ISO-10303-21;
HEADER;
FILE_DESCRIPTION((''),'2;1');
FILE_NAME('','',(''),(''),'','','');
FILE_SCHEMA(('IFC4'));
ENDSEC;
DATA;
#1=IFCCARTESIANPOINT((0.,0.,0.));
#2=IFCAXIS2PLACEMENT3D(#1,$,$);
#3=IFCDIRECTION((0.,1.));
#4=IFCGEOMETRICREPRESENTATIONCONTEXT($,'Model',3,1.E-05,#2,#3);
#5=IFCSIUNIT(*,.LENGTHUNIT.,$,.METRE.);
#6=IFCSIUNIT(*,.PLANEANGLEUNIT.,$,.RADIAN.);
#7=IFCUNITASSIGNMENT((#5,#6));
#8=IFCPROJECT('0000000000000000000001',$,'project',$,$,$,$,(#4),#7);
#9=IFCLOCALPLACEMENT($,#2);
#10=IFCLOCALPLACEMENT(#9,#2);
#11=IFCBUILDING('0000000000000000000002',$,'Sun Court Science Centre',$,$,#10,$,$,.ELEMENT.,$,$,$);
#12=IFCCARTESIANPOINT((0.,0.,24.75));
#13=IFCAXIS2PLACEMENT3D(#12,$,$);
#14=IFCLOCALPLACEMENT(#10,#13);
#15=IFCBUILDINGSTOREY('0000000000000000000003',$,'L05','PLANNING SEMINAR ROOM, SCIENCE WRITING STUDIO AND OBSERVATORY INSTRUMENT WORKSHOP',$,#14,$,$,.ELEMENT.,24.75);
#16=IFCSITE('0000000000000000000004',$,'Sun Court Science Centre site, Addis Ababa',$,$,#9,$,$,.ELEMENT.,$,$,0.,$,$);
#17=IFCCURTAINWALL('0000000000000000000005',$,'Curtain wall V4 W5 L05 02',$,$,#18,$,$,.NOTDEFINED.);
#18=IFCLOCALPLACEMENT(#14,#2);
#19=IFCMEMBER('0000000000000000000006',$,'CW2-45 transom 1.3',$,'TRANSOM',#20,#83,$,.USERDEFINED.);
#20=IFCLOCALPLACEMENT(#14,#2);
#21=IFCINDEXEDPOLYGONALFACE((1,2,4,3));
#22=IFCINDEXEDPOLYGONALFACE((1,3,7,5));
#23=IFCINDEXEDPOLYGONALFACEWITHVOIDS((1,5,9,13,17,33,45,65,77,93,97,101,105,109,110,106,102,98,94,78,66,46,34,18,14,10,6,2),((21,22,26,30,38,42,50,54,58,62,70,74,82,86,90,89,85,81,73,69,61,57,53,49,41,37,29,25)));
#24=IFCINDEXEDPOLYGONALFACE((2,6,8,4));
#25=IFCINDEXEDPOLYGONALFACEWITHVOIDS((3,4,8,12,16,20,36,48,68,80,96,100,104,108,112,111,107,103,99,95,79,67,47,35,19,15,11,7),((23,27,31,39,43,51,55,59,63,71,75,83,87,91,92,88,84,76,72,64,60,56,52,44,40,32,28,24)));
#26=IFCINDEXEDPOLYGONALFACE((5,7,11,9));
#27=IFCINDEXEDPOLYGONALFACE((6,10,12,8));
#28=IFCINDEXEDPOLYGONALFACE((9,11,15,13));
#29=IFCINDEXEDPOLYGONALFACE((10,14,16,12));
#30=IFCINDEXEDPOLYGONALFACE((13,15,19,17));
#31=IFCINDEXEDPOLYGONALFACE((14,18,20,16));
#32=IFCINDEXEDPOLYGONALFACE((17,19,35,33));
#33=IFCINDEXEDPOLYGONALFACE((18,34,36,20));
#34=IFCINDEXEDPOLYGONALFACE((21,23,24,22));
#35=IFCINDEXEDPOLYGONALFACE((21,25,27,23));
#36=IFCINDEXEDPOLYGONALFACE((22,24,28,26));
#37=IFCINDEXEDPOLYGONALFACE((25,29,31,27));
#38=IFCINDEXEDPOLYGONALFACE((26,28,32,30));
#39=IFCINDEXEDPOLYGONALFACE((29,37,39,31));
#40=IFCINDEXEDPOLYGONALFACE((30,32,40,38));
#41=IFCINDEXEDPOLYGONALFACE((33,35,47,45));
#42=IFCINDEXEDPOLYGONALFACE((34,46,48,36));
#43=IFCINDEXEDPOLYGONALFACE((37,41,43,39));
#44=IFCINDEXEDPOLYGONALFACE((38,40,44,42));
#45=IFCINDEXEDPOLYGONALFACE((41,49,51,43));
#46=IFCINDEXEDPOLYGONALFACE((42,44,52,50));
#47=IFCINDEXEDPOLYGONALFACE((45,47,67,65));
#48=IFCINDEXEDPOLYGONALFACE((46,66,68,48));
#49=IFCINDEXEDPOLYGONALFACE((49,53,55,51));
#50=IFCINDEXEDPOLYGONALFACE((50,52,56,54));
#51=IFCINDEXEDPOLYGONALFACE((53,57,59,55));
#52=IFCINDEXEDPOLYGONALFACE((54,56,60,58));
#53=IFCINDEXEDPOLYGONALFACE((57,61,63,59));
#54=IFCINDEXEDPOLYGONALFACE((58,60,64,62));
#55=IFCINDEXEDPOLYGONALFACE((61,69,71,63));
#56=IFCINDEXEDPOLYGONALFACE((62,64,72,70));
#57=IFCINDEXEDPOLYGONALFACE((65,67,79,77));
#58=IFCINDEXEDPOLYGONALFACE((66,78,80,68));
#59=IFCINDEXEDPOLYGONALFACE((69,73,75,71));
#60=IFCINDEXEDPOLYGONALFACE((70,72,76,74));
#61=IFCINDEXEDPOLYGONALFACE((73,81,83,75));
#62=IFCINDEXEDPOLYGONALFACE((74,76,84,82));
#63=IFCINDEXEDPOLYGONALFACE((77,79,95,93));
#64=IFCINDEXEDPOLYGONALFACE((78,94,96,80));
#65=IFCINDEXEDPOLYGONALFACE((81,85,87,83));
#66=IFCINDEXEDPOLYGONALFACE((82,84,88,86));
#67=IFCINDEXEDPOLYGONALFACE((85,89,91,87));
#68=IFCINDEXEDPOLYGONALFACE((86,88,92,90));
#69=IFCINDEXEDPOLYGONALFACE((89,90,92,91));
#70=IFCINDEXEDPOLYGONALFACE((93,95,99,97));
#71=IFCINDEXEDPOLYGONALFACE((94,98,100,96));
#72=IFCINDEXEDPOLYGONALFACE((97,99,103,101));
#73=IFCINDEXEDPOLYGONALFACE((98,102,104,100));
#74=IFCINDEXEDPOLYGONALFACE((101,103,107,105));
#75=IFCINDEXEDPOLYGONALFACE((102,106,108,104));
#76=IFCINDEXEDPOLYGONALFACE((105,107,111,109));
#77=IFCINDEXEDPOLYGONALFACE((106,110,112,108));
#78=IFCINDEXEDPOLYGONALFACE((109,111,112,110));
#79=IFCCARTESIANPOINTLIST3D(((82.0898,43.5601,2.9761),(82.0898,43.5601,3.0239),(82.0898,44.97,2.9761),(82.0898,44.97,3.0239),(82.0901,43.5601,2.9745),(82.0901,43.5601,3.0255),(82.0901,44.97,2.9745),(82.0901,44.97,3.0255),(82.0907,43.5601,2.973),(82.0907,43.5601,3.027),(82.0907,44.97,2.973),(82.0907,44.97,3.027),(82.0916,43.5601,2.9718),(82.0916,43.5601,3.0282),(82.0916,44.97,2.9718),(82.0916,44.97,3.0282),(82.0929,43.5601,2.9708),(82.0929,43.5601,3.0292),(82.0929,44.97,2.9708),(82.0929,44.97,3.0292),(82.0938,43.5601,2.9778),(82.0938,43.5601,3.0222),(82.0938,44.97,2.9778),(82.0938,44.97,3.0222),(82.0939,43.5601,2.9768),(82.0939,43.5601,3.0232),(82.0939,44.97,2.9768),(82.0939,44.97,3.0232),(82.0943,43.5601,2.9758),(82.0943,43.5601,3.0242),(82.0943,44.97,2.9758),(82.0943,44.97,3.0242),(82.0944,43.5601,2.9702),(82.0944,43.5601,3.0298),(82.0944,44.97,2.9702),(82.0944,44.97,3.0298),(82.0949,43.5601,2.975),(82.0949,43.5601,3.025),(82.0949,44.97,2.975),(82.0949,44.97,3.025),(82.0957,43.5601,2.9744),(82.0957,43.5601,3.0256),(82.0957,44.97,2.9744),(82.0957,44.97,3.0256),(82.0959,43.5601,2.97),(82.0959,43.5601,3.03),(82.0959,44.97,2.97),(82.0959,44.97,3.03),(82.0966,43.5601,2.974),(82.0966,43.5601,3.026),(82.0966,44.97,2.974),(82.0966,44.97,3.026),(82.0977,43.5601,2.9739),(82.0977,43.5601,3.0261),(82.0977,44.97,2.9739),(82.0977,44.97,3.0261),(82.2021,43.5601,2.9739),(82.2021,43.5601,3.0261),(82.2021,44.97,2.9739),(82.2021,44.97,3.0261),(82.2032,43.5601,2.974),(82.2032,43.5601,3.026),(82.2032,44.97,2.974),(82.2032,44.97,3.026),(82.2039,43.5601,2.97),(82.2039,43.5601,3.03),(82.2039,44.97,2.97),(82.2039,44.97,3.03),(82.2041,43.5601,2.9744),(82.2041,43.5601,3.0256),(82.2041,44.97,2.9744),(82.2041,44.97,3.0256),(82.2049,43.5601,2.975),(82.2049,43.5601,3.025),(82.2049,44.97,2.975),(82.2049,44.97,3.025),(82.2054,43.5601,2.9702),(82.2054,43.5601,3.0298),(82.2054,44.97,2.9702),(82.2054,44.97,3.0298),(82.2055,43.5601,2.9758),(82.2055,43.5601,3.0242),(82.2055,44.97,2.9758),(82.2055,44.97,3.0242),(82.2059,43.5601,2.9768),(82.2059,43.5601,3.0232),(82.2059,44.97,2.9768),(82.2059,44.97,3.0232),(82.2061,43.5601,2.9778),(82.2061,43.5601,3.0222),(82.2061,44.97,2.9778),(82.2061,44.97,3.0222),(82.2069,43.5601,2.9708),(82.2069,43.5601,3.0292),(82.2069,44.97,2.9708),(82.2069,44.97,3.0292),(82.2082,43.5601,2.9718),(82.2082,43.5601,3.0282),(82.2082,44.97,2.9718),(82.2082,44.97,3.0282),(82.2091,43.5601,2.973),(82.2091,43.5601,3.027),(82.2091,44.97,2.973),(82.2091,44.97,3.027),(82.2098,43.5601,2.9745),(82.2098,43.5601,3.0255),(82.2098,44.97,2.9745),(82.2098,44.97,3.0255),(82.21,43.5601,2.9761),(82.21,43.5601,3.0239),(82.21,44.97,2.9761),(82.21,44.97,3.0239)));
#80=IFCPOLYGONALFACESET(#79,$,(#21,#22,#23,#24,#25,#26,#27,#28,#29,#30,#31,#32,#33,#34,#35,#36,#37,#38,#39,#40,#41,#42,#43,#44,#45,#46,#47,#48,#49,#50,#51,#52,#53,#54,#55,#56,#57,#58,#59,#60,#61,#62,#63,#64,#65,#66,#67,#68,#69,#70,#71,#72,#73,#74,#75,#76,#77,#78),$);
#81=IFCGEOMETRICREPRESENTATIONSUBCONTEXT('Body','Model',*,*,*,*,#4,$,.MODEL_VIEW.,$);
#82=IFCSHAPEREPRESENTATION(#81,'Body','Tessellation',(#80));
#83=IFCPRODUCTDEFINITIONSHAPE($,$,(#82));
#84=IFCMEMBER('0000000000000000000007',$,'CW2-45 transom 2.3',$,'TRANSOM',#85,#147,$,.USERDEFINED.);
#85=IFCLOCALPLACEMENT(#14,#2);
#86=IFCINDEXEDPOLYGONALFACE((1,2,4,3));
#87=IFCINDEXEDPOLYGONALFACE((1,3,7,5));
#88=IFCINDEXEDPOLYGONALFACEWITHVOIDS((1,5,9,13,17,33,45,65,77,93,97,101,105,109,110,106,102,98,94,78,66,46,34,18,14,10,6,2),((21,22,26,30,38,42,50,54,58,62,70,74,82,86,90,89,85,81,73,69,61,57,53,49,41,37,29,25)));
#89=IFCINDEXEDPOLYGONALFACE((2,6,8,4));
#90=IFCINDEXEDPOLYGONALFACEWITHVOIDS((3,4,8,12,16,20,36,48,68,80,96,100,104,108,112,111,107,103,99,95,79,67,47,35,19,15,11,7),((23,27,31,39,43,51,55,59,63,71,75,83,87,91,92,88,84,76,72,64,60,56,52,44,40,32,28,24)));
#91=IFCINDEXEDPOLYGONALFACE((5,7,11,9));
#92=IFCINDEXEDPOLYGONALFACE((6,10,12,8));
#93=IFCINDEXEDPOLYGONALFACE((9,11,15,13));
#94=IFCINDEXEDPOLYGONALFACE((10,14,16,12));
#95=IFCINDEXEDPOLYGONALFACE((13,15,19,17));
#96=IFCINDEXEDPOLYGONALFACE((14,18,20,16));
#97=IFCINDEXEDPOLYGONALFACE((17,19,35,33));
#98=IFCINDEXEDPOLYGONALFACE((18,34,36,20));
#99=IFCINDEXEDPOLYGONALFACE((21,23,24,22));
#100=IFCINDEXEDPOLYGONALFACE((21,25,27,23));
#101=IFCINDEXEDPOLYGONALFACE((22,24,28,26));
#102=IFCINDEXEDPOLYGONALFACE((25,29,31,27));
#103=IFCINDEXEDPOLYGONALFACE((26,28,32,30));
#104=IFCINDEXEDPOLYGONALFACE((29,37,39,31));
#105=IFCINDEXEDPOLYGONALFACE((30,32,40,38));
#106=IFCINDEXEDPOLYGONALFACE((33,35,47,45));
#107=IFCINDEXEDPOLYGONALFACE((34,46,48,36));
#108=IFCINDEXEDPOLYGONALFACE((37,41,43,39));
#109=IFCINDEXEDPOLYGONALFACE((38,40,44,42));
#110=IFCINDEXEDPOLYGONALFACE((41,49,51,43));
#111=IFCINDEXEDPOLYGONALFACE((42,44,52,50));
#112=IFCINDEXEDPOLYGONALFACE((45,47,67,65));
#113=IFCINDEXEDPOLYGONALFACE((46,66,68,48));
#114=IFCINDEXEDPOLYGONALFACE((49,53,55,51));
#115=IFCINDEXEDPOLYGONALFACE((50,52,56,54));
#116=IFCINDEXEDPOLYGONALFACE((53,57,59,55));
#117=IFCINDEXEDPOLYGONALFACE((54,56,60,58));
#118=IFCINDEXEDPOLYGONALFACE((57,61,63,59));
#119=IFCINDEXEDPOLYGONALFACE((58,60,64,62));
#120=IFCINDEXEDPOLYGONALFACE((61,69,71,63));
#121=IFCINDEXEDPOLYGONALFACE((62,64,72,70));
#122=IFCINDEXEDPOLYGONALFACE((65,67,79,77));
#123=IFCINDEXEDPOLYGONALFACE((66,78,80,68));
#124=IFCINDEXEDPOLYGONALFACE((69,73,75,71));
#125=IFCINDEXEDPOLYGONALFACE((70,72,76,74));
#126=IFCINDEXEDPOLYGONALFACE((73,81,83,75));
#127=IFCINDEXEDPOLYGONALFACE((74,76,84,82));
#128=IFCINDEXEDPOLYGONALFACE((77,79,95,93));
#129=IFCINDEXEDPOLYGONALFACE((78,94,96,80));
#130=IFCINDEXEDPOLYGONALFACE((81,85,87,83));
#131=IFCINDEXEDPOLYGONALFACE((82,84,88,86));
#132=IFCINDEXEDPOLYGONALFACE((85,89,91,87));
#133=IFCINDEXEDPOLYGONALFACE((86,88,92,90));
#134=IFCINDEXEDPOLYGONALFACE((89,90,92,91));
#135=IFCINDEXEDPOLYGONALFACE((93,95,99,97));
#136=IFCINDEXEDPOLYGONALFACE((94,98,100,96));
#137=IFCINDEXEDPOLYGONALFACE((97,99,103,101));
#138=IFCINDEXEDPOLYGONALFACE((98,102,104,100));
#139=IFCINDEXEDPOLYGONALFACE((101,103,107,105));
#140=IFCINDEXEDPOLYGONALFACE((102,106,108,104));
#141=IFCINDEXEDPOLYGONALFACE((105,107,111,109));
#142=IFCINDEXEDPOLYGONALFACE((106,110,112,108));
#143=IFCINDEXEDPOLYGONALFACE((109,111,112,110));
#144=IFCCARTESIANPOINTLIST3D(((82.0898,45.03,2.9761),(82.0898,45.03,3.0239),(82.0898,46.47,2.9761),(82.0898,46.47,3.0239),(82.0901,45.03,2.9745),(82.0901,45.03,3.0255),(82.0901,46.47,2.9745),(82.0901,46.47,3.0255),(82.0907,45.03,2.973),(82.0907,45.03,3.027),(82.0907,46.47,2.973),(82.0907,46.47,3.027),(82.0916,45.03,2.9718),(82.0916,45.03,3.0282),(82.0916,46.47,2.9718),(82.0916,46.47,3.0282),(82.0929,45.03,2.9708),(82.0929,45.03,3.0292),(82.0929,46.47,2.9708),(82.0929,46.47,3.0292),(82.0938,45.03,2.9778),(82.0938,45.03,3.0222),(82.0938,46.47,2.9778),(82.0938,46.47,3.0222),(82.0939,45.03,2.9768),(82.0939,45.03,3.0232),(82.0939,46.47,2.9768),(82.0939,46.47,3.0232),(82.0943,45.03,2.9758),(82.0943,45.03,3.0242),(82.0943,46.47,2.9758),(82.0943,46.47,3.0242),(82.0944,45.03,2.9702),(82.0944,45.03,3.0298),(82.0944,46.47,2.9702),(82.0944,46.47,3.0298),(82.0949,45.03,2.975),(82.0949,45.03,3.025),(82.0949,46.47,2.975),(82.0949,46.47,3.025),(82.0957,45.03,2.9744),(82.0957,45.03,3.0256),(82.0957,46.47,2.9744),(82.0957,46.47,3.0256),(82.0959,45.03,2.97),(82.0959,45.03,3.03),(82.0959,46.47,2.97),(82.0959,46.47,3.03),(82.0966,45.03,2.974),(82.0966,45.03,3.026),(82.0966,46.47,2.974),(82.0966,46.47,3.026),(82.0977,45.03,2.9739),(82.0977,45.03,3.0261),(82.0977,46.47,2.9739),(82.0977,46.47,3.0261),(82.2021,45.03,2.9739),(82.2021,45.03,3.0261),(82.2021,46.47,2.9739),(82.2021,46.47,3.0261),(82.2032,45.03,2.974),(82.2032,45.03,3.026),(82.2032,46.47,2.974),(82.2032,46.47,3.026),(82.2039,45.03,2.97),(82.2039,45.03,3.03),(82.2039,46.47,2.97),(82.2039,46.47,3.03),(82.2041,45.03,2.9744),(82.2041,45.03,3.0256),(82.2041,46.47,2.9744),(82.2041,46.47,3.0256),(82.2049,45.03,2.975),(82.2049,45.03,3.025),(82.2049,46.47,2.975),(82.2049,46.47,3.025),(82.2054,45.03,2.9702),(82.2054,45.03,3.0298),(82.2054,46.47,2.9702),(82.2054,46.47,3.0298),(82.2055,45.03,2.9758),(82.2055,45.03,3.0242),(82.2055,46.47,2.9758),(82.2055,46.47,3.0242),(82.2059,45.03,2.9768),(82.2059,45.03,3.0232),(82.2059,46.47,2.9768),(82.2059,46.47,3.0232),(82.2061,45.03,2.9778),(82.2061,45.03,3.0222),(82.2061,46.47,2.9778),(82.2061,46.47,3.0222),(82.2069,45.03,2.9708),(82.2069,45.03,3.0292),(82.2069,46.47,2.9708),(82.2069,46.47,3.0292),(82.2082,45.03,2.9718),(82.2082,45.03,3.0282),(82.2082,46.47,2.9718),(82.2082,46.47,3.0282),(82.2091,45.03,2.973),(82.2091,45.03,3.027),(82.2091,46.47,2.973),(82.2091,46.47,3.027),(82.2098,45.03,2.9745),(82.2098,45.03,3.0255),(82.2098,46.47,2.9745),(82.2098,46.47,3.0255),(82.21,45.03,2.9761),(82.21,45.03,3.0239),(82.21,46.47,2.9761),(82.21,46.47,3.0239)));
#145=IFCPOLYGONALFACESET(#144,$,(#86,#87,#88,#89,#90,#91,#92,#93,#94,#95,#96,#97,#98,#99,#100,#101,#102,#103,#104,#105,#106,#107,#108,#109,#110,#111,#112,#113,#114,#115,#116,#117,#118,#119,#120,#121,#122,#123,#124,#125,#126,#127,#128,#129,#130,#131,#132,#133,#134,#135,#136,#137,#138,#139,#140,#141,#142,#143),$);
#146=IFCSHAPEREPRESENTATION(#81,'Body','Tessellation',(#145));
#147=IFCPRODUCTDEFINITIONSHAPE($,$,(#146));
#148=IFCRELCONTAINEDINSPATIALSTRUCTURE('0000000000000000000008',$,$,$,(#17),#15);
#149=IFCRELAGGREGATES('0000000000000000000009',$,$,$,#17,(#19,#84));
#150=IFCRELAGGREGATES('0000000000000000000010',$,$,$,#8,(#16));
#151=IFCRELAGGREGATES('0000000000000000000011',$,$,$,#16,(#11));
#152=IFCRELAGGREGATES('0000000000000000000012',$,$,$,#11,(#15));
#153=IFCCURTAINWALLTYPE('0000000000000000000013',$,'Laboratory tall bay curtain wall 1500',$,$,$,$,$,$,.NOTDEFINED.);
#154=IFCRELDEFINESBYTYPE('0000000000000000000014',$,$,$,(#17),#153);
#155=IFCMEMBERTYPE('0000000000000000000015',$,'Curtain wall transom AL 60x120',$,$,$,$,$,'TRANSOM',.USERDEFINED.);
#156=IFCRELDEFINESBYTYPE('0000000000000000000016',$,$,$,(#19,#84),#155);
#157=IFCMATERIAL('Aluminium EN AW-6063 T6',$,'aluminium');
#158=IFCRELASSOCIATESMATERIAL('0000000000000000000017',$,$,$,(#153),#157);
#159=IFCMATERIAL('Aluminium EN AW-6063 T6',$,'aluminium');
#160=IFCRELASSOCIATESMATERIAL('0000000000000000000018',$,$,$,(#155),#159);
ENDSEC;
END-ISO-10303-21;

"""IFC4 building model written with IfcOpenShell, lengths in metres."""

from ifc_helpers import new_model, si_unit, direction, frame, origin, origin_2d, place, context, subcontext, project, spatial, hollow_rectangle, extrude, material, material_profile, profile_set, type_object, element, aggregate, save


model = new_model("IFC4")

# Units and contexts
model_context = context("Model", 3, precision=1e-05, world=origin(), true_north=direction((0.0, 1.0)))
body_context = subcontext(model_context, "Body", "Model", "MODEL_VIEW")
ifc_project = project(units=[si_unit("LENGTHUNIT", "METRE"), si_unit("PLANEANGLEUNIT", "RADIAN")], contexts=[model_context])

# Site, building, storey
site_placement = place(None, origin())
site = spatial("IfcSite", under=ifc_project, at=site_placement, Name="Sun Court Science Centre site, Addis Ababa", CompositionType="ELEMENT", RefElevation=0.0)
building_placement = place(site_placement, origin())
building = spatial("IfcBuilding", under=site, at=building_placement, Name="Sun Court Science Centre", CompositionType="ELEMENT")
storey_placement = place(building_placement, frame((0.0, 0.0, 24.75)))
storey = spatial("IfcBuildingStorey", under=building, at=storey_placement, Name="L05", Description="PLANNING SEMINAR ROOM, SCIENCE WRITING STUDIO AND OBSERVATORY INSTRUMENT WORKSHOP", CompositionType="ELEMENT", Elevation=24.75)

# Curtain wall, members
ifc_material_1 = material(Name="Aluminium EN AW-6063 T6", Category="aluminium")
curtain_wall_type = type_object("IfcCurtainWallType", Name="Laboratory tall bay curtain wall 1500", PredefinedType="NOTDEFINED", material=ifc_material_1)
curtain_wall_placement = place(storey_placement, origin())
curtain_wall = element("IfcCurtainWall", 1, at=curtain_wall_placement, inside=storey, type_object=curtain_wall_type, Name="Curtain wall V4 W5 L05 02", PredefinedType="NOTDEFINED")
ifc_material_2 = material(Name="Aluminium EN AW-6063 T6", Category="aluminium")
ifc_material_profile_1 = material_profile(ifc_material_2, hollow_rectangle(XDim=0.0601, YDim=0.1201, WallThickness=0.0039, InnerFilletRadius=0.0039, OuterFilletRadius=0.0061, at=origin_2d()), Name="AL 60x120x4")
ifc_profile_set_1 = profile_set([ifc_material_profile_1], Name="Aluminium EN AW-6063 T6")
member_type_1 = type_object("IfcMemberType", Name="Curtain wall transom AL 60x120", ElementType="TRANSOM", PredefinedType="USERDEFINED", material=ifc_profile_set_1)
member_1_placement = place(storey_placement, frame((82.1499, 43.5601, 3.0), z_axis=(0.0, 1.0, 0.0), x_axis=(0.0, 0.0, 1.0)))
member_1 = element("IfcMember", 2, at=member_1_placement, type_object=member_type_1, Name="CW2-45 transom 1.3", ObjectType="TRANSOM", PredefinedType="USERDEFINED", context=body_context, shape_type="SweptSolid", body=[
    extrude(hollow_rectangle(XDim=0.0601, YDim=0.1201, WallThickness=0.0039, InnerFilletRadius=0.0039, OuterFilletRadius=0.0061, at=origin_2d()), origin(), (0.0, 0.0, 1.0), 1.4099),
])
member_2_placement = place(storey_placement, frame((82.1499, 45.03, 3.0), z_axis=(0.0, 1.0, 0.0), x_axis=(0.0, 0.0, 1.0)))
member_2 = element("IfcMember", 3, at=member_2_placement, type_object=member_type_1, Name="CW2-45 transom 2.3", ObjectType="TRANSOM", PredefinedType="USERDEFINED", context=body_context, shape_type="SweptSolid", body=[
    extrude(hollow_rectangle(XDim=0.0601, YDim=0.1201, WallThickness=0.0039, InnerFilletRadius=0.0039, OuterFilletRadius=0.0061, at=origin_2d()), origin(), (0.0, 0.0, 1.0), 1.4399),
])

aggregate(curtain_wall, [member_1, member_2])

save(model, "model.ifc")
